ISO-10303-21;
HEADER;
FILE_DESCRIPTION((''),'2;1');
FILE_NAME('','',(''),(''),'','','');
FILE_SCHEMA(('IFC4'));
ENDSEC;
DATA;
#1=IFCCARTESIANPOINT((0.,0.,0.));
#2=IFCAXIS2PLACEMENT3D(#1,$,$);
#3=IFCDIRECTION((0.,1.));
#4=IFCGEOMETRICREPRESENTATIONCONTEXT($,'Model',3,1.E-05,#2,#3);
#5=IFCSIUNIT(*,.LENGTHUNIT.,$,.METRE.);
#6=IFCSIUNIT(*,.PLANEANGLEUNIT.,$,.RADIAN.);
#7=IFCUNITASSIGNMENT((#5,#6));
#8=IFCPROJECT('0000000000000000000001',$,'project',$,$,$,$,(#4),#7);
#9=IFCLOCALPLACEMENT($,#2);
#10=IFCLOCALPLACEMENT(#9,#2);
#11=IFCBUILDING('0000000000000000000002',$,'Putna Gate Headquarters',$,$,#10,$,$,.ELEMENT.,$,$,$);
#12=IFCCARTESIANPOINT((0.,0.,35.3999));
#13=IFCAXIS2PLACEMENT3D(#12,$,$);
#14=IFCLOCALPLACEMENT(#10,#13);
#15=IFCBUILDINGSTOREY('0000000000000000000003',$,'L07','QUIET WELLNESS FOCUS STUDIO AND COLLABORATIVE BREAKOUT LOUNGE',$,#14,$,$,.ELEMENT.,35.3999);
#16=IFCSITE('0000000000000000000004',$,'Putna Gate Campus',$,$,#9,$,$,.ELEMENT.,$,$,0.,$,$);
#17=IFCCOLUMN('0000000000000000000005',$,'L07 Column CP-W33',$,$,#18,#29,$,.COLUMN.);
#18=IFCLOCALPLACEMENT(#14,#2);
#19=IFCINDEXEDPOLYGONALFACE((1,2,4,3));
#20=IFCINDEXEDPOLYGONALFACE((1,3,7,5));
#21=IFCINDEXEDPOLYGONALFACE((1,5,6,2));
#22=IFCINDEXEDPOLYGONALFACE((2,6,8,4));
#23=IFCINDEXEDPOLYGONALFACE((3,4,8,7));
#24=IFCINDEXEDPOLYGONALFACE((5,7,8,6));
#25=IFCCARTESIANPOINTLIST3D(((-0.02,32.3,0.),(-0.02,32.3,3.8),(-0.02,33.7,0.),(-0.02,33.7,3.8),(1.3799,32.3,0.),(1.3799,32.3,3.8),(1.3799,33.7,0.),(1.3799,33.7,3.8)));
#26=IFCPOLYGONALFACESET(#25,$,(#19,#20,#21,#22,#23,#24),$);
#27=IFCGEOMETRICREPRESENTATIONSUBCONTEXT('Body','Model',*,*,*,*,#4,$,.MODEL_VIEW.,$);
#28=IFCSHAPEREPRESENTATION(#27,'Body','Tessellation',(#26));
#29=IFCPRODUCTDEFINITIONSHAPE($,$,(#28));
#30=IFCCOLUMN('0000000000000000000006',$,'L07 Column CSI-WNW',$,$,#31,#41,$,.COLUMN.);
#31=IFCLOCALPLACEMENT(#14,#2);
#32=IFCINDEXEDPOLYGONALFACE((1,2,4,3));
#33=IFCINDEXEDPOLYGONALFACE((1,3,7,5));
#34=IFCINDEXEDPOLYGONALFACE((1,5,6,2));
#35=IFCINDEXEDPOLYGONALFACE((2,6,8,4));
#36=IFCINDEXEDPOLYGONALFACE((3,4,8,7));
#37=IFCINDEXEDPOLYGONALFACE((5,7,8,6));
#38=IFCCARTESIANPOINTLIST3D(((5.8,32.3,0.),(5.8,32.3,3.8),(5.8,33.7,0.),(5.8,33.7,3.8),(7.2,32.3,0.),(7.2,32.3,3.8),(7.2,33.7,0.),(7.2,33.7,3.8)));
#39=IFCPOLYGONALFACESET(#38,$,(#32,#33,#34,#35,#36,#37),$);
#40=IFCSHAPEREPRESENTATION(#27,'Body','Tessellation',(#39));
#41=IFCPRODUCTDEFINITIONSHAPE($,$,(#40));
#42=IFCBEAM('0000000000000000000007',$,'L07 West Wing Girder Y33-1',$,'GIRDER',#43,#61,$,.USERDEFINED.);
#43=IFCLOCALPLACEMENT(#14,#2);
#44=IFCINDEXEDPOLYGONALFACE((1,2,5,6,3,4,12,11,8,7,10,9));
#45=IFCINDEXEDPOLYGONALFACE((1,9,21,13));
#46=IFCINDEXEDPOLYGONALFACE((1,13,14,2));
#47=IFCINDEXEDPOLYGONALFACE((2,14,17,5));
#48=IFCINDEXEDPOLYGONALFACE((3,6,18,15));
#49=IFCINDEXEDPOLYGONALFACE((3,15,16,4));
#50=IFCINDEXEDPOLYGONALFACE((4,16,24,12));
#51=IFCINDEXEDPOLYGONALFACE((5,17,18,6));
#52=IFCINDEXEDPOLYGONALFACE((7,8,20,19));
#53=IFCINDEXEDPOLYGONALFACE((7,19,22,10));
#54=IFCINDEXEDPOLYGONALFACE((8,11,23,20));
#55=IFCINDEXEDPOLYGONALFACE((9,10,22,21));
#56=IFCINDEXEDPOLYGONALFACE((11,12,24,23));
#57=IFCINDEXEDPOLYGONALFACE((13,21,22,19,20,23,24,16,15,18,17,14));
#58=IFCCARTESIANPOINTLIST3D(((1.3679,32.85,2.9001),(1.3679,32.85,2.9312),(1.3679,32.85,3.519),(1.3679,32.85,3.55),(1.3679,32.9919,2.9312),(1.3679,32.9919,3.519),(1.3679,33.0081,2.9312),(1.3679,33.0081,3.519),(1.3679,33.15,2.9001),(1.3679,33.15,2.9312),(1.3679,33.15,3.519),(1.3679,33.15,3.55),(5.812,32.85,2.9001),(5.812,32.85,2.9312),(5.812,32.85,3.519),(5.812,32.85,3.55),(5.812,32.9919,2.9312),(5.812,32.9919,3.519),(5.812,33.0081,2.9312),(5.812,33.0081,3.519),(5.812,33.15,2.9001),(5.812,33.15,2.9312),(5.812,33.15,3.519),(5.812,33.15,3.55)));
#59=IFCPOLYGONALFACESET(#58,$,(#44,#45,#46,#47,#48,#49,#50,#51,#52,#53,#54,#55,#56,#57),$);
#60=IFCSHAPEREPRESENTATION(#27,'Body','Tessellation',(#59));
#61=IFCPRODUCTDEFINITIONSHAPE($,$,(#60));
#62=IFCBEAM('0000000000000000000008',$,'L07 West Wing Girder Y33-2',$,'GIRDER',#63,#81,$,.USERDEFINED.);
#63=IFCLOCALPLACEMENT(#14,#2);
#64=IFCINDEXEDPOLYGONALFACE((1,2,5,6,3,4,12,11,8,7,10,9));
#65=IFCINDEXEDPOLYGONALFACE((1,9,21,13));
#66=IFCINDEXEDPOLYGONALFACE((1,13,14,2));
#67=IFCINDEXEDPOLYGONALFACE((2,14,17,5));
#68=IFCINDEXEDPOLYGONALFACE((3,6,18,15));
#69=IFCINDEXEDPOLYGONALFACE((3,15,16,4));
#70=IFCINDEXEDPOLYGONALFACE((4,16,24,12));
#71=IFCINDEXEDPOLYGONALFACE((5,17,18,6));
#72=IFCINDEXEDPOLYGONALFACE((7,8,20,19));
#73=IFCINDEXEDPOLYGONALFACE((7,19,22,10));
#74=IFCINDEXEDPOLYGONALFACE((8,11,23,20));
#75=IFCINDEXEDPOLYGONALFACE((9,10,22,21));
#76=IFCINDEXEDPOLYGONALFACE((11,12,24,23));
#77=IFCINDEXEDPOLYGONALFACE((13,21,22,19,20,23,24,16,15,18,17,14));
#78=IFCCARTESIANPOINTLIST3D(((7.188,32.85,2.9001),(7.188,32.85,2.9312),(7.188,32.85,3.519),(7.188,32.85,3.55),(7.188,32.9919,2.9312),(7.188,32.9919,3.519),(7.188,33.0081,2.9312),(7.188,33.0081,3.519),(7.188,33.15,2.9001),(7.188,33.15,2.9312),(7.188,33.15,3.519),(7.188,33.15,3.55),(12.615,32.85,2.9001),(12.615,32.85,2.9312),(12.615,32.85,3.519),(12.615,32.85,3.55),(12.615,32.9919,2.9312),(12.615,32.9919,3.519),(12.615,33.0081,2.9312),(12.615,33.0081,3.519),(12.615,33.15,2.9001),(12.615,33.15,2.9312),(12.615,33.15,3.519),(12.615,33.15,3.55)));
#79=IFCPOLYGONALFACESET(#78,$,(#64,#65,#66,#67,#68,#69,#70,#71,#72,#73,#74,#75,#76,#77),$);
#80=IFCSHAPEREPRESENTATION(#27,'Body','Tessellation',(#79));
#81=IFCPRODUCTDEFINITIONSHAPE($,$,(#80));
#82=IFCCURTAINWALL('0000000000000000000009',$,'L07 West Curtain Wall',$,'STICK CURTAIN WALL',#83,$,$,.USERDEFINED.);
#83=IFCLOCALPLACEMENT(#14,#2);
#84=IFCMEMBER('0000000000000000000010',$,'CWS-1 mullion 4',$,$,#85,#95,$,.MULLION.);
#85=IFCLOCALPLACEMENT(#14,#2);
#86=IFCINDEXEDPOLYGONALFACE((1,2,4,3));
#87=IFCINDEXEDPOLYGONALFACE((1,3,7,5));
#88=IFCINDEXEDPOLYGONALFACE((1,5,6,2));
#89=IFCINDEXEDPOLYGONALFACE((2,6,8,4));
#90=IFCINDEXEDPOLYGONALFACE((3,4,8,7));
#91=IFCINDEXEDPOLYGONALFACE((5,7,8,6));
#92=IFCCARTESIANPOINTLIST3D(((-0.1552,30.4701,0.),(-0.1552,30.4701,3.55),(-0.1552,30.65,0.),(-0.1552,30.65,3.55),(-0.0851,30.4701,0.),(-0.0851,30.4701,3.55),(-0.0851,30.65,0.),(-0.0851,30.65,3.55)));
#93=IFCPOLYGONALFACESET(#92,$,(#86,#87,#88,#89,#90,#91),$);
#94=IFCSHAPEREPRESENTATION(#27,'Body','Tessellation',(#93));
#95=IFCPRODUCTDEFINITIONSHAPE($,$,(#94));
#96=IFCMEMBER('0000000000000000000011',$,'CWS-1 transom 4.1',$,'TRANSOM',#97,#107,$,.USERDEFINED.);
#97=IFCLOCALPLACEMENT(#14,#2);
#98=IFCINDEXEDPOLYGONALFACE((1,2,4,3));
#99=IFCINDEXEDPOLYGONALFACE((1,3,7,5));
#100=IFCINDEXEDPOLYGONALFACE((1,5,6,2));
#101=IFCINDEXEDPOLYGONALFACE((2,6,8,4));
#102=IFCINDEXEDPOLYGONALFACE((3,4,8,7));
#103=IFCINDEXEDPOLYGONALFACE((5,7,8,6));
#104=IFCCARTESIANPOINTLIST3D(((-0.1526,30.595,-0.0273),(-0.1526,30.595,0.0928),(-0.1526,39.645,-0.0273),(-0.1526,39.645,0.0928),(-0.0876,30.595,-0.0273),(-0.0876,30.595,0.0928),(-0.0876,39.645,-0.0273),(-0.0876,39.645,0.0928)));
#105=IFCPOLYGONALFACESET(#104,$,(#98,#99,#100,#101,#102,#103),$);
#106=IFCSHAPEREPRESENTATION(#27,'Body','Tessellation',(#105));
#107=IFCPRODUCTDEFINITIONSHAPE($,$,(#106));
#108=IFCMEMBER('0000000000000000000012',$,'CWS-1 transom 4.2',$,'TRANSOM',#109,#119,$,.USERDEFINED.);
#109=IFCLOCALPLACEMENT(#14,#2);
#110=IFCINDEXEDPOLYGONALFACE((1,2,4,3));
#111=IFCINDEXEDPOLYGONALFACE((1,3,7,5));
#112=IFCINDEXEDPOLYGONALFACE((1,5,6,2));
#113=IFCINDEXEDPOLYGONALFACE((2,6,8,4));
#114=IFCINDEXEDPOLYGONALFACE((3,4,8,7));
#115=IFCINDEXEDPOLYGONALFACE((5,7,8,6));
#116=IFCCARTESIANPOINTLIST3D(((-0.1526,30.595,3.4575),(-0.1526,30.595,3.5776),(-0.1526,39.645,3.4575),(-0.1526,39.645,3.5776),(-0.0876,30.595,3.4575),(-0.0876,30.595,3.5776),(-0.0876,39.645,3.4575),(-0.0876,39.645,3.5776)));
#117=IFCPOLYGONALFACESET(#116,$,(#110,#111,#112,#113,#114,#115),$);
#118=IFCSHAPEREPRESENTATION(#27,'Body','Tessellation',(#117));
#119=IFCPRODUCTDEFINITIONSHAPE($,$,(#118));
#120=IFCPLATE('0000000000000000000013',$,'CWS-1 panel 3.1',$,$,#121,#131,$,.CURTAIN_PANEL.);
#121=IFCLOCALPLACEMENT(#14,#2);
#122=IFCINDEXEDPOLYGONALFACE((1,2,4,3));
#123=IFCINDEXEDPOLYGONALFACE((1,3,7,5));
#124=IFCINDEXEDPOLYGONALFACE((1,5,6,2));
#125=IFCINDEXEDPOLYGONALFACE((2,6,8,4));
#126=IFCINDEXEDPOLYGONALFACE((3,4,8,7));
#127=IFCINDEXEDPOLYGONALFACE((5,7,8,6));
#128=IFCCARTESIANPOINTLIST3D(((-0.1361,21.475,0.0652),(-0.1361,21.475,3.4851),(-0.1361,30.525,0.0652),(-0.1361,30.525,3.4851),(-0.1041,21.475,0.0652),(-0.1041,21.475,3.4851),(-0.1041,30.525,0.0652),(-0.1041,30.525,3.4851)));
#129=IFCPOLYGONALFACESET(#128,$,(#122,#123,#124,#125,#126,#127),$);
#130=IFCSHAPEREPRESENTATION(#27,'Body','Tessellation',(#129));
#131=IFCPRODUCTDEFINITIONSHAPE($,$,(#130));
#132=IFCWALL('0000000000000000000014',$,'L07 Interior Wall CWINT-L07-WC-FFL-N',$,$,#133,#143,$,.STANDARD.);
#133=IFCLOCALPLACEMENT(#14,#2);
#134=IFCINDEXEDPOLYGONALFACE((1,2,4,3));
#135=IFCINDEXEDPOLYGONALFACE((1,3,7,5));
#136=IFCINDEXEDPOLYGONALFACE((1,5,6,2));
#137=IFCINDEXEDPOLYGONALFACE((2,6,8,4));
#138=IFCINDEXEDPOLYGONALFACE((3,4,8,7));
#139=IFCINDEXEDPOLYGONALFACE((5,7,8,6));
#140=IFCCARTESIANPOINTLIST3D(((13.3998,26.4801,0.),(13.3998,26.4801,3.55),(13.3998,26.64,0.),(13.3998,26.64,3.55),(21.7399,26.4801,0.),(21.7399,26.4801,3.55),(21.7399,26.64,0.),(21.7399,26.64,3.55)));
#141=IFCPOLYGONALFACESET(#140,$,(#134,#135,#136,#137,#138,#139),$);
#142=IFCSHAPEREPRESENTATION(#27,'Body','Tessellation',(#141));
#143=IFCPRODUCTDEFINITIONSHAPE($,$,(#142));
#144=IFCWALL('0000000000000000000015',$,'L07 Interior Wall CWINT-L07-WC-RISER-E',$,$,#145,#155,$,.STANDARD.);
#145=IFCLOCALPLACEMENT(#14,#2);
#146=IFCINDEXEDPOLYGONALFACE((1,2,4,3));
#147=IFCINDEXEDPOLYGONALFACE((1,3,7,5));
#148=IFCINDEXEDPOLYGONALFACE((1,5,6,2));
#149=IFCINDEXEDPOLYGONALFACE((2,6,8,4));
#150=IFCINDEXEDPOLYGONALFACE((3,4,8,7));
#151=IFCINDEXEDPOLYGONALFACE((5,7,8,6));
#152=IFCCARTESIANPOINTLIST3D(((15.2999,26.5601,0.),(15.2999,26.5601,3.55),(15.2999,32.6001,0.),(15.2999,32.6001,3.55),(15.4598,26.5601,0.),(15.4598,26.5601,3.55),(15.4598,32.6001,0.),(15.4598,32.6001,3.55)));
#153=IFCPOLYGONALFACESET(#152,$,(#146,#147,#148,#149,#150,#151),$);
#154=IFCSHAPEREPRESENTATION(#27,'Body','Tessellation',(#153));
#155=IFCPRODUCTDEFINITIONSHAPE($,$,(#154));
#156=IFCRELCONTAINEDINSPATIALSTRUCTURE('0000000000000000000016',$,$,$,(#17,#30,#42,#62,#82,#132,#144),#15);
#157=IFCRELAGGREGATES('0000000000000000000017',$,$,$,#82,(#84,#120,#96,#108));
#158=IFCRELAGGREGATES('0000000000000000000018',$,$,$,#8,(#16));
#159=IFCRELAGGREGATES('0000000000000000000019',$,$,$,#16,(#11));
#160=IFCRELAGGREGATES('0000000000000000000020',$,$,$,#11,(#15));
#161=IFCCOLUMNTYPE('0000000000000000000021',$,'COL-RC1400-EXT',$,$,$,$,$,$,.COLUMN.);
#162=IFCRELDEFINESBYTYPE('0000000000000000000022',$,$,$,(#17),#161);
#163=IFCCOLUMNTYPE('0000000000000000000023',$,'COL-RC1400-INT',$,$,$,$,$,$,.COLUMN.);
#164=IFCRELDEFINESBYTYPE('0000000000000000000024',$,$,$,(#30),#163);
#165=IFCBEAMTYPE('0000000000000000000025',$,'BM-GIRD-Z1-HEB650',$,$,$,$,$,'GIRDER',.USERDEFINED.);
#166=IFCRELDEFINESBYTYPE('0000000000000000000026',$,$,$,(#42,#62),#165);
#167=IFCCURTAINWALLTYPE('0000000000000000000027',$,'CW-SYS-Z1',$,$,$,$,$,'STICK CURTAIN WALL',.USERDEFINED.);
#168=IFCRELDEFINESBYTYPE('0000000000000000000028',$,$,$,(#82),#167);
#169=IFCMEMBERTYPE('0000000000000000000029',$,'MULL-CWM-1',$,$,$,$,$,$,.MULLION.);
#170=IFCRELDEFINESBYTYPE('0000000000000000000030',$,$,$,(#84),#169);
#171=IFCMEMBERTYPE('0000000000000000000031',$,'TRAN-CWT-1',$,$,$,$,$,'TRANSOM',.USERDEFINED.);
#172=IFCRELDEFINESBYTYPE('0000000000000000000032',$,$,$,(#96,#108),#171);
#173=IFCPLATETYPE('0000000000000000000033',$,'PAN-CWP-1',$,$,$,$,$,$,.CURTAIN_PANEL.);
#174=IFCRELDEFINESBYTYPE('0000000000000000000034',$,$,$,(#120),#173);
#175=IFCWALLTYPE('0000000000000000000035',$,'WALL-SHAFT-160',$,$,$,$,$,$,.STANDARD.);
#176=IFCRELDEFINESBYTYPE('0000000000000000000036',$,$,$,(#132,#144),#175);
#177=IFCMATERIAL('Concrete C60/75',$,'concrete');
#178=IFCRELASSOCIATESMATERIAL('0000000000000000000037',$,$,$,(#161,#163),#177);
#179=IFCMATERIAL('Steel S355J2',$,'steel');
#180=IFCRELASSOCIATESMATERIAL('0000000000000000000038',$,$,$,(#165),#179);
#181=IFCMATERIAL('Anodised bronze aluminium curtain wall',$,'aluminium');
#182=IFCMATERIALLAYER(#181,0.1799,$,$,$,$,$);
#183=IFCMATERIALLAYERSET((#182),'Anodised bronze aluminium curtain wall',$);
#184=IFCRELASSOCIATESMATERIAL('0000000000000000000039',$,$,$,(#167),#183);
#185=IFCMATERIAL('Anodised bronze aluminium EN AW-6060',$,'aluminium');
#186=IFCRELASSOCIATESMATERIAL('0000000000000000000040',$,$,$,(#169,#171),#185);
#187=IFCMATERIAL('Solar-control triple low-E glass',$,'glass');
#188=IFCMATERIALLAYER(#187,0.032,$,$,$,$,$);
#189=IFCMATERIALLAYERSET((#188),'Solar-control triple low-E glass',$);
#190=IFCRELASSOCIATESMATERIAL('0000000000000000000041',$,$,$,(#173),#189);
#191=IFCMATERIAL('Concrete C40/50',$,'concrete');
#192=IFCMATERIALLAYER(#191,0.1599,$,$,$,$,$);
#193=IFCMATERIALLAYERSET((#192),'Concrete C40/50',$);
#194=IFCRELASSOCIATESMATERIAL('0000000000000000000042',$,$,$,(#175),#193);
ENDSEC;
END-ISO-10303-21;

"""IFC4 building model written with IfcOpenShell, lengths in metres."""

from ifc_helpers import new_model, si_unit, direction, frame, frame_2d, origin, origin_2d, place, context, subcontext, project, spatial, rectangle, i_section, extrude, material, layer, layer_set, material_profile, profile_set, type_object, element, aggregate, save


model = new_model("IFC4")

# Units and contexts
model_context = context("Model", 3, precision=1e-05, world=origin(), true_north=direction((0.0, 1.0)))
body_context = subcontext(model_context, "Body", "Model", "MODEL_VIEW")
ifc_project = project(units=[si_unit("LENGTHUNIT", "METRE"), si_unit("PLANEANGLEUNIT", "RADIAN")], contexts=[model_context])

# Site, building, storey
site_placement = place(None, origin())
site = spatial("IfcSite", under=ifc_project, at=site_placement, Name="Putna Gate Campus", CompositionType="ELEMENT", RefElevation=0.0)
building_placement = place(site_placement, origin())
building = spatial("IfcBuilding", under=site, at=building_placement, Name="Putna Gate Headquarters", CompositionType="ELEMENT")
storey_placement = place(building_placement, frame((0.0, 0.0, 35.3999)))
storey = spatial("IfcBuildingStorey", under=building, at=storey_placement, Name="L07", Description="QUIET WELLNESS FOCUS STUDIO AND COLLABORATIVE BREAKOUT LOUNGE", CompositionType="ELEMENT", Elevation=35.3999)

# Columns
ifc_material_1 = material(Name="Concrete C60/75", Category="concrete")
ifc_material_profile_1 = material_profile(ifc_material_1, rectangle(XDim=1.3999, YDim=1.3999, at=origin_2d()), Name="Concrete C60/75")
ifc_profile_set_1 = profile_set([ifc_material_profile_1], Name="Concrete C60/75")
column_type_1 = type_object("IfcColumnType", Name="COL-RC1400-EXT", PredefinedType="COLUMN", material=ifc_profile_set_1)
column_1_placement = place(storey_placement, frame((0.6799, 33.0, 0.0), z_axis=(0.0, 0.0, 1.0), x_axis=(1.0, 0.0, 0.0)))
element("IfcColumn", 1, at=column_1_placement, inside=storey, type_object=column_type_1, Name="L07 Column CP-W33", PredefinedType="COLUMN", context=body_context, shape_type="SweptSolid", body=[
    extrude(rectangle(XDim=1.3999, YDim=1.3999, at=origin_2d()), origin(), (0.0, 0.0, 1.0), 3.8),
])
ifc_material_profile_2 = material_profile(ifc_material_1, rectangle(XDim=1.3999, YDim=1.3999, at=origin_2d()), Name="Concrete C60/75")
ifc_profile_set_2 = profile_set([ifc_material_profile_2], Name="Concrete C60/75")
column_type_2 = type_object("IfcColumnType", Name="COL-RC1400-INT", PredefinedType="COLUMN", material=ifc_profile_set_2)
column_2_placement = place(storey_placement, frame((6.5, 33.0, 0.0), z_axis=(0.0, 0.0, 1.0), x_axis=(1.0, 0.0, 0.0)))
element("IfcColumn", 2, at=column_2_placement, inside=storey, type_object=column_type_2, Name="L07 Column CSI-WNW", PredefinedType="COLUMN", context=body_context, shape_type="SweptSolid", body=[
    extrude(rectangle(XDim=1.3999, YDim=1.3999, at=origin_2d()), origin(), (0.0, 0.0, 1.0), 3.8),
])

# Beams
ifc_material_2 = material(Name="Steel S355J2", Category="steel")
ifc_material_profile_3 = material_profile(ifc_material_2, i_section(OverallWidth=0.3, OverallDepth=0.6499, WebThickness=0.0161, FlangeThickness=0.031, at=origin_2d()), Name="Steel S355J2")
ifc_profile_set_3 = profile_set([ifc_material_profile_3], Name="Steel S355J2")
beam_type = type_object("IfcBeamType", Name="BM-GIRD-Z1-HEB650", ElementType="GIRDER", PredefinedType="USERDEFINED", material=ifc_profile_set_3)
beam_1_placement = place(storey_placement, frame((1.3679, 33.0, 3.2251), z_axis=(1.0, 0.0, 0.0), x_axis=(0.0, 1.0, 0.0)))
element("IfcBeam", 3, at=beam_1_placement, inside=storey, type_object=beam_type, Name="L07 West Wing Girder Y33-1", ObjectType="GIRDER", PredefinedType="USERDEFINED", context=body_context, shape_type="SweptSolid", body=[
    extrude(i_section(OverallWidth=0.3, OverallDepth=0.6499, WebThickness=0.0161, FlangeThickness=0.031, at=origin_2d()), origin(), (0.0, 0.0, 1.0), 4.4441),
])
beam_2_placement = place(storey_placement, frame((7.188, 33.0, 3.2251), z_axis=(1.0, 0.0, 0.0), x_axis=(0.0, 1.0, 0.0)))
element("IfcBeam", 4, at=beam_2_placement, inside=storey, type_object=beam_type, Name="L07 West Wing Girder Y33-2", ObjectType="GIRDER", PredefinedType="USERDEFINED", context=body_context, shape_type="SweptSolid", body=[
    extrude(i_section(OverallWidth=0.3, OverallDepth=0.6499, WebThickness=0.0161, FlangeThickness=0.031, at=origin_2d()), origin(), (0.0, 0.0, 1.0), 5.427),
])

# Curtain wall, members, plate
ifc_material_3 = material(Name="Anodised bronze aluminium curtain wall", Category="aluminium")
ifc_layer_1 = layer(ifc_material_3, 0.1799)
ifc_layer_set_1 = layer_set([ifc_layer_1], Name="Anodised bronze aluminium curtain wall")
curtain_wall_type = type_object("IfcCurtainWallType", Name="CW-SYS-Z1", ElementType="STICK CURTAIN WALL", PredefinedType="USERDEFINED", material=ifc_layer_set_1)
curtain_wall_placement = place(storey_placement, origin())
curtain_wall = element("IfcCurtainWall", 5, at=curtain_wall_placement, inside=storey, type_object=curtain_wall_type, Name="L07 West Curtain Wall", ObjectType="STICK CURTAIN WALL", PredefinedType="USERDEFINED")
ifc_material_4 = material(Name="Anodised bronze aluminium EN AW-6060", Category="aluminium")
ifc_material_profile_4 = material_profile(ifc_material_4, rectangle(XDim=0.0701, YDim=0.1799, at=origin_2d()), Name="Anodised bronze aluminium EN AW-6060")
ifc_profile_set_4 = profile_set([ifc_material_profile_4], Name="Anodised bronze aluminium EN AW-6060")
member_type_1 = type_object("IfcMemberType", Name="MULL-CWM-1", PredefinedType="MULLION", material=ifc_profile_set_4)
member_1_placement = place(storey_placement, frame((-0.1201, 30.5601, 0.0), z_axis=(0.0, 0.0, 1.0), x_axis=(-1.0, 0.0, 0.0)))
member_1 = element("IfcMember", 6, at=member_1_placement, type_object=member_type_1, Name="CWS-1 mullion 4", PredefinedType="MULLION", context=body_context, shape_type="SweptSolid", body=[
    extrude(rectangle(XDim=0.0701, YDim=0.1799, at=origin_2d()), origin(), (0.0, 0.0, 1.0), 3.55),
])
ifc_material_profile_5 = material_profile(ifc_material_4, rectangle(XDim=0.0649, YDim=0.1201, at=origin_2d()), Name="Anodised bronze aluminium EN AW-6060")
ifc_profile_set_5 = profile_set([ifc_material_profile_5], Name="Anodised bronze aluminium EN AW-6060")
member_type_2 = type_object("IfcMemberType", Name="TRAN-CWT-1", ElementType="TRANSOM", PredefinedType="USERDEFINED", material=ifc_profile_set_5)
member_2_placement = place(storey_placement, frame((-0.1201, 30.595, 0.0327), z_axis=(0.0, 1.0, 0.0), x_axis=(-1.0, 0.0, 0.0)))
member_2 = element("IfcMember", 7, at=member_2_placement, type_object=member_type_2, Name="CWS-1 transom 4.1", ObjectType="TRANSOM", PredefinedType="USERDEFINED", context=body_context, shape_type="SweptSolid", body=[
    extrude(rectangle(XDim=0.0649, YDim=0.1201, at=origin_2d()), origin(), (0.0, 0.0, 1.0), 9.05),
])
member_3_placement = place(storey_placement, frame((-0.1201, 30.595, 3.5176), z_axis=(0.0, 1.0, 0.0), x_axis=(-1.0, 0.0, 0.0)))
member_3 = element("IfcMember", 8, at=member_3_placement, type_object=member_type_2, Name="CWS-1 transom 4.2", ObjectType="TRANSOM", PredefinedType="USERDEFINED", context=body_context, shape_type="SweptSolid", body=[
    extrude(rectangle(XDim=0.0649, YDim=0.1201, at=origin_2d()), origin(), (0.0, 0.0, 1.0), 9.05),
])
ifc_material_5 = material(Name="Solar-control triple low-E glass", Category="glass")
ifc_layer_2 = layer(ifc_material_5, 0.032)
ifc_layer_set_2 = layer_set([ifc_layer_2], Name="Solar-control triple low-E glass")
plate_type = type_object("IfcPlateType", Name="PAN-CWP-1", PredefinedType="CURTAIN_PANEL", material=ifc_layer_set_2)
plate_placement = place(storey_placement, frame((-0.1201, 26.0, 0.0652), z_axis=(0.0, 0.0, 1.0), x_axis=(0.0, 1.0, 0.0)))
plate = element("IfcPlate", 9, at=plate_placement, type_object=plate_type, Name="CWS-1 panel 3.1", PredefinedType="CURTAIN_PANEL", context=body_context, shape_type="SweptSolid", body=[
    extrude(rectangle(XDim=9.05, YDim=0.032, at=origin_2d()), origin(), (0.0, 0.0, 1.0), 3.4199),
])
aggregate(curtain_wall, [member_1, plate, member_2, member_3])

# Walls
ifc_material_6 = material(Name="Concrete C40/50", Category="concrete")
ifc_layer_3 = layer(ifc_material_6, 0.1599)
ifc_layer_set_3 = layer_set([ifc_layer_3], Name="Concrete C40/50")
wall_type_1 = type_object("IfcWallType", Name="WALL-SHAFT-160", PredefinedType="STANDARD", material=ifc_layer_set_3)
wall_1_placement = place(storey_placement, frame((13.3999, 26.5601, 0.0), z_axis=(0.0, 0.0, 1.0), x_axis=(1.0, 0.0, 0.0)))
element("IfcWall", 10, at=wall_1_placement, inside=storey, type_object=wall_type_1, Name="L07 Interior Wall CWINT-L07-WC-FFL-N", PredefinedType="STANDARD", context=body_context, shape_type="SweptSolid", body=[
    extrude(rectangle(XDim=8.3401, YDim=0.1599, at=frame_2d((4.1699, 0.0))), origin(), (0.0, 0.0, 1.0), 3.55),
])
wall_2_placement = place(storey_placement, frame((15.3799, 26.5601, 0.0), z_axis=(0.0, 0.0, 1.0), x_axis=(0.0, 1.0, 0.0)))
element("IfcWall", 11, at=wall_2_placement, inside=storey, type_object=wall_type_1, Name="L07 Interior Wall CWINT-L07-WC-RISER-E", PredefinedType="STANDARD", context=body_context, shape_type="SweptSolid", body=[
    extrude(rectangle(XDim=6.04, YDim=0.1599, at=frame_2d((3.02, 0.0))), origin(), (0.0, 0.0, 1.0), 3.55),
])

save(model, "model.ifc")
